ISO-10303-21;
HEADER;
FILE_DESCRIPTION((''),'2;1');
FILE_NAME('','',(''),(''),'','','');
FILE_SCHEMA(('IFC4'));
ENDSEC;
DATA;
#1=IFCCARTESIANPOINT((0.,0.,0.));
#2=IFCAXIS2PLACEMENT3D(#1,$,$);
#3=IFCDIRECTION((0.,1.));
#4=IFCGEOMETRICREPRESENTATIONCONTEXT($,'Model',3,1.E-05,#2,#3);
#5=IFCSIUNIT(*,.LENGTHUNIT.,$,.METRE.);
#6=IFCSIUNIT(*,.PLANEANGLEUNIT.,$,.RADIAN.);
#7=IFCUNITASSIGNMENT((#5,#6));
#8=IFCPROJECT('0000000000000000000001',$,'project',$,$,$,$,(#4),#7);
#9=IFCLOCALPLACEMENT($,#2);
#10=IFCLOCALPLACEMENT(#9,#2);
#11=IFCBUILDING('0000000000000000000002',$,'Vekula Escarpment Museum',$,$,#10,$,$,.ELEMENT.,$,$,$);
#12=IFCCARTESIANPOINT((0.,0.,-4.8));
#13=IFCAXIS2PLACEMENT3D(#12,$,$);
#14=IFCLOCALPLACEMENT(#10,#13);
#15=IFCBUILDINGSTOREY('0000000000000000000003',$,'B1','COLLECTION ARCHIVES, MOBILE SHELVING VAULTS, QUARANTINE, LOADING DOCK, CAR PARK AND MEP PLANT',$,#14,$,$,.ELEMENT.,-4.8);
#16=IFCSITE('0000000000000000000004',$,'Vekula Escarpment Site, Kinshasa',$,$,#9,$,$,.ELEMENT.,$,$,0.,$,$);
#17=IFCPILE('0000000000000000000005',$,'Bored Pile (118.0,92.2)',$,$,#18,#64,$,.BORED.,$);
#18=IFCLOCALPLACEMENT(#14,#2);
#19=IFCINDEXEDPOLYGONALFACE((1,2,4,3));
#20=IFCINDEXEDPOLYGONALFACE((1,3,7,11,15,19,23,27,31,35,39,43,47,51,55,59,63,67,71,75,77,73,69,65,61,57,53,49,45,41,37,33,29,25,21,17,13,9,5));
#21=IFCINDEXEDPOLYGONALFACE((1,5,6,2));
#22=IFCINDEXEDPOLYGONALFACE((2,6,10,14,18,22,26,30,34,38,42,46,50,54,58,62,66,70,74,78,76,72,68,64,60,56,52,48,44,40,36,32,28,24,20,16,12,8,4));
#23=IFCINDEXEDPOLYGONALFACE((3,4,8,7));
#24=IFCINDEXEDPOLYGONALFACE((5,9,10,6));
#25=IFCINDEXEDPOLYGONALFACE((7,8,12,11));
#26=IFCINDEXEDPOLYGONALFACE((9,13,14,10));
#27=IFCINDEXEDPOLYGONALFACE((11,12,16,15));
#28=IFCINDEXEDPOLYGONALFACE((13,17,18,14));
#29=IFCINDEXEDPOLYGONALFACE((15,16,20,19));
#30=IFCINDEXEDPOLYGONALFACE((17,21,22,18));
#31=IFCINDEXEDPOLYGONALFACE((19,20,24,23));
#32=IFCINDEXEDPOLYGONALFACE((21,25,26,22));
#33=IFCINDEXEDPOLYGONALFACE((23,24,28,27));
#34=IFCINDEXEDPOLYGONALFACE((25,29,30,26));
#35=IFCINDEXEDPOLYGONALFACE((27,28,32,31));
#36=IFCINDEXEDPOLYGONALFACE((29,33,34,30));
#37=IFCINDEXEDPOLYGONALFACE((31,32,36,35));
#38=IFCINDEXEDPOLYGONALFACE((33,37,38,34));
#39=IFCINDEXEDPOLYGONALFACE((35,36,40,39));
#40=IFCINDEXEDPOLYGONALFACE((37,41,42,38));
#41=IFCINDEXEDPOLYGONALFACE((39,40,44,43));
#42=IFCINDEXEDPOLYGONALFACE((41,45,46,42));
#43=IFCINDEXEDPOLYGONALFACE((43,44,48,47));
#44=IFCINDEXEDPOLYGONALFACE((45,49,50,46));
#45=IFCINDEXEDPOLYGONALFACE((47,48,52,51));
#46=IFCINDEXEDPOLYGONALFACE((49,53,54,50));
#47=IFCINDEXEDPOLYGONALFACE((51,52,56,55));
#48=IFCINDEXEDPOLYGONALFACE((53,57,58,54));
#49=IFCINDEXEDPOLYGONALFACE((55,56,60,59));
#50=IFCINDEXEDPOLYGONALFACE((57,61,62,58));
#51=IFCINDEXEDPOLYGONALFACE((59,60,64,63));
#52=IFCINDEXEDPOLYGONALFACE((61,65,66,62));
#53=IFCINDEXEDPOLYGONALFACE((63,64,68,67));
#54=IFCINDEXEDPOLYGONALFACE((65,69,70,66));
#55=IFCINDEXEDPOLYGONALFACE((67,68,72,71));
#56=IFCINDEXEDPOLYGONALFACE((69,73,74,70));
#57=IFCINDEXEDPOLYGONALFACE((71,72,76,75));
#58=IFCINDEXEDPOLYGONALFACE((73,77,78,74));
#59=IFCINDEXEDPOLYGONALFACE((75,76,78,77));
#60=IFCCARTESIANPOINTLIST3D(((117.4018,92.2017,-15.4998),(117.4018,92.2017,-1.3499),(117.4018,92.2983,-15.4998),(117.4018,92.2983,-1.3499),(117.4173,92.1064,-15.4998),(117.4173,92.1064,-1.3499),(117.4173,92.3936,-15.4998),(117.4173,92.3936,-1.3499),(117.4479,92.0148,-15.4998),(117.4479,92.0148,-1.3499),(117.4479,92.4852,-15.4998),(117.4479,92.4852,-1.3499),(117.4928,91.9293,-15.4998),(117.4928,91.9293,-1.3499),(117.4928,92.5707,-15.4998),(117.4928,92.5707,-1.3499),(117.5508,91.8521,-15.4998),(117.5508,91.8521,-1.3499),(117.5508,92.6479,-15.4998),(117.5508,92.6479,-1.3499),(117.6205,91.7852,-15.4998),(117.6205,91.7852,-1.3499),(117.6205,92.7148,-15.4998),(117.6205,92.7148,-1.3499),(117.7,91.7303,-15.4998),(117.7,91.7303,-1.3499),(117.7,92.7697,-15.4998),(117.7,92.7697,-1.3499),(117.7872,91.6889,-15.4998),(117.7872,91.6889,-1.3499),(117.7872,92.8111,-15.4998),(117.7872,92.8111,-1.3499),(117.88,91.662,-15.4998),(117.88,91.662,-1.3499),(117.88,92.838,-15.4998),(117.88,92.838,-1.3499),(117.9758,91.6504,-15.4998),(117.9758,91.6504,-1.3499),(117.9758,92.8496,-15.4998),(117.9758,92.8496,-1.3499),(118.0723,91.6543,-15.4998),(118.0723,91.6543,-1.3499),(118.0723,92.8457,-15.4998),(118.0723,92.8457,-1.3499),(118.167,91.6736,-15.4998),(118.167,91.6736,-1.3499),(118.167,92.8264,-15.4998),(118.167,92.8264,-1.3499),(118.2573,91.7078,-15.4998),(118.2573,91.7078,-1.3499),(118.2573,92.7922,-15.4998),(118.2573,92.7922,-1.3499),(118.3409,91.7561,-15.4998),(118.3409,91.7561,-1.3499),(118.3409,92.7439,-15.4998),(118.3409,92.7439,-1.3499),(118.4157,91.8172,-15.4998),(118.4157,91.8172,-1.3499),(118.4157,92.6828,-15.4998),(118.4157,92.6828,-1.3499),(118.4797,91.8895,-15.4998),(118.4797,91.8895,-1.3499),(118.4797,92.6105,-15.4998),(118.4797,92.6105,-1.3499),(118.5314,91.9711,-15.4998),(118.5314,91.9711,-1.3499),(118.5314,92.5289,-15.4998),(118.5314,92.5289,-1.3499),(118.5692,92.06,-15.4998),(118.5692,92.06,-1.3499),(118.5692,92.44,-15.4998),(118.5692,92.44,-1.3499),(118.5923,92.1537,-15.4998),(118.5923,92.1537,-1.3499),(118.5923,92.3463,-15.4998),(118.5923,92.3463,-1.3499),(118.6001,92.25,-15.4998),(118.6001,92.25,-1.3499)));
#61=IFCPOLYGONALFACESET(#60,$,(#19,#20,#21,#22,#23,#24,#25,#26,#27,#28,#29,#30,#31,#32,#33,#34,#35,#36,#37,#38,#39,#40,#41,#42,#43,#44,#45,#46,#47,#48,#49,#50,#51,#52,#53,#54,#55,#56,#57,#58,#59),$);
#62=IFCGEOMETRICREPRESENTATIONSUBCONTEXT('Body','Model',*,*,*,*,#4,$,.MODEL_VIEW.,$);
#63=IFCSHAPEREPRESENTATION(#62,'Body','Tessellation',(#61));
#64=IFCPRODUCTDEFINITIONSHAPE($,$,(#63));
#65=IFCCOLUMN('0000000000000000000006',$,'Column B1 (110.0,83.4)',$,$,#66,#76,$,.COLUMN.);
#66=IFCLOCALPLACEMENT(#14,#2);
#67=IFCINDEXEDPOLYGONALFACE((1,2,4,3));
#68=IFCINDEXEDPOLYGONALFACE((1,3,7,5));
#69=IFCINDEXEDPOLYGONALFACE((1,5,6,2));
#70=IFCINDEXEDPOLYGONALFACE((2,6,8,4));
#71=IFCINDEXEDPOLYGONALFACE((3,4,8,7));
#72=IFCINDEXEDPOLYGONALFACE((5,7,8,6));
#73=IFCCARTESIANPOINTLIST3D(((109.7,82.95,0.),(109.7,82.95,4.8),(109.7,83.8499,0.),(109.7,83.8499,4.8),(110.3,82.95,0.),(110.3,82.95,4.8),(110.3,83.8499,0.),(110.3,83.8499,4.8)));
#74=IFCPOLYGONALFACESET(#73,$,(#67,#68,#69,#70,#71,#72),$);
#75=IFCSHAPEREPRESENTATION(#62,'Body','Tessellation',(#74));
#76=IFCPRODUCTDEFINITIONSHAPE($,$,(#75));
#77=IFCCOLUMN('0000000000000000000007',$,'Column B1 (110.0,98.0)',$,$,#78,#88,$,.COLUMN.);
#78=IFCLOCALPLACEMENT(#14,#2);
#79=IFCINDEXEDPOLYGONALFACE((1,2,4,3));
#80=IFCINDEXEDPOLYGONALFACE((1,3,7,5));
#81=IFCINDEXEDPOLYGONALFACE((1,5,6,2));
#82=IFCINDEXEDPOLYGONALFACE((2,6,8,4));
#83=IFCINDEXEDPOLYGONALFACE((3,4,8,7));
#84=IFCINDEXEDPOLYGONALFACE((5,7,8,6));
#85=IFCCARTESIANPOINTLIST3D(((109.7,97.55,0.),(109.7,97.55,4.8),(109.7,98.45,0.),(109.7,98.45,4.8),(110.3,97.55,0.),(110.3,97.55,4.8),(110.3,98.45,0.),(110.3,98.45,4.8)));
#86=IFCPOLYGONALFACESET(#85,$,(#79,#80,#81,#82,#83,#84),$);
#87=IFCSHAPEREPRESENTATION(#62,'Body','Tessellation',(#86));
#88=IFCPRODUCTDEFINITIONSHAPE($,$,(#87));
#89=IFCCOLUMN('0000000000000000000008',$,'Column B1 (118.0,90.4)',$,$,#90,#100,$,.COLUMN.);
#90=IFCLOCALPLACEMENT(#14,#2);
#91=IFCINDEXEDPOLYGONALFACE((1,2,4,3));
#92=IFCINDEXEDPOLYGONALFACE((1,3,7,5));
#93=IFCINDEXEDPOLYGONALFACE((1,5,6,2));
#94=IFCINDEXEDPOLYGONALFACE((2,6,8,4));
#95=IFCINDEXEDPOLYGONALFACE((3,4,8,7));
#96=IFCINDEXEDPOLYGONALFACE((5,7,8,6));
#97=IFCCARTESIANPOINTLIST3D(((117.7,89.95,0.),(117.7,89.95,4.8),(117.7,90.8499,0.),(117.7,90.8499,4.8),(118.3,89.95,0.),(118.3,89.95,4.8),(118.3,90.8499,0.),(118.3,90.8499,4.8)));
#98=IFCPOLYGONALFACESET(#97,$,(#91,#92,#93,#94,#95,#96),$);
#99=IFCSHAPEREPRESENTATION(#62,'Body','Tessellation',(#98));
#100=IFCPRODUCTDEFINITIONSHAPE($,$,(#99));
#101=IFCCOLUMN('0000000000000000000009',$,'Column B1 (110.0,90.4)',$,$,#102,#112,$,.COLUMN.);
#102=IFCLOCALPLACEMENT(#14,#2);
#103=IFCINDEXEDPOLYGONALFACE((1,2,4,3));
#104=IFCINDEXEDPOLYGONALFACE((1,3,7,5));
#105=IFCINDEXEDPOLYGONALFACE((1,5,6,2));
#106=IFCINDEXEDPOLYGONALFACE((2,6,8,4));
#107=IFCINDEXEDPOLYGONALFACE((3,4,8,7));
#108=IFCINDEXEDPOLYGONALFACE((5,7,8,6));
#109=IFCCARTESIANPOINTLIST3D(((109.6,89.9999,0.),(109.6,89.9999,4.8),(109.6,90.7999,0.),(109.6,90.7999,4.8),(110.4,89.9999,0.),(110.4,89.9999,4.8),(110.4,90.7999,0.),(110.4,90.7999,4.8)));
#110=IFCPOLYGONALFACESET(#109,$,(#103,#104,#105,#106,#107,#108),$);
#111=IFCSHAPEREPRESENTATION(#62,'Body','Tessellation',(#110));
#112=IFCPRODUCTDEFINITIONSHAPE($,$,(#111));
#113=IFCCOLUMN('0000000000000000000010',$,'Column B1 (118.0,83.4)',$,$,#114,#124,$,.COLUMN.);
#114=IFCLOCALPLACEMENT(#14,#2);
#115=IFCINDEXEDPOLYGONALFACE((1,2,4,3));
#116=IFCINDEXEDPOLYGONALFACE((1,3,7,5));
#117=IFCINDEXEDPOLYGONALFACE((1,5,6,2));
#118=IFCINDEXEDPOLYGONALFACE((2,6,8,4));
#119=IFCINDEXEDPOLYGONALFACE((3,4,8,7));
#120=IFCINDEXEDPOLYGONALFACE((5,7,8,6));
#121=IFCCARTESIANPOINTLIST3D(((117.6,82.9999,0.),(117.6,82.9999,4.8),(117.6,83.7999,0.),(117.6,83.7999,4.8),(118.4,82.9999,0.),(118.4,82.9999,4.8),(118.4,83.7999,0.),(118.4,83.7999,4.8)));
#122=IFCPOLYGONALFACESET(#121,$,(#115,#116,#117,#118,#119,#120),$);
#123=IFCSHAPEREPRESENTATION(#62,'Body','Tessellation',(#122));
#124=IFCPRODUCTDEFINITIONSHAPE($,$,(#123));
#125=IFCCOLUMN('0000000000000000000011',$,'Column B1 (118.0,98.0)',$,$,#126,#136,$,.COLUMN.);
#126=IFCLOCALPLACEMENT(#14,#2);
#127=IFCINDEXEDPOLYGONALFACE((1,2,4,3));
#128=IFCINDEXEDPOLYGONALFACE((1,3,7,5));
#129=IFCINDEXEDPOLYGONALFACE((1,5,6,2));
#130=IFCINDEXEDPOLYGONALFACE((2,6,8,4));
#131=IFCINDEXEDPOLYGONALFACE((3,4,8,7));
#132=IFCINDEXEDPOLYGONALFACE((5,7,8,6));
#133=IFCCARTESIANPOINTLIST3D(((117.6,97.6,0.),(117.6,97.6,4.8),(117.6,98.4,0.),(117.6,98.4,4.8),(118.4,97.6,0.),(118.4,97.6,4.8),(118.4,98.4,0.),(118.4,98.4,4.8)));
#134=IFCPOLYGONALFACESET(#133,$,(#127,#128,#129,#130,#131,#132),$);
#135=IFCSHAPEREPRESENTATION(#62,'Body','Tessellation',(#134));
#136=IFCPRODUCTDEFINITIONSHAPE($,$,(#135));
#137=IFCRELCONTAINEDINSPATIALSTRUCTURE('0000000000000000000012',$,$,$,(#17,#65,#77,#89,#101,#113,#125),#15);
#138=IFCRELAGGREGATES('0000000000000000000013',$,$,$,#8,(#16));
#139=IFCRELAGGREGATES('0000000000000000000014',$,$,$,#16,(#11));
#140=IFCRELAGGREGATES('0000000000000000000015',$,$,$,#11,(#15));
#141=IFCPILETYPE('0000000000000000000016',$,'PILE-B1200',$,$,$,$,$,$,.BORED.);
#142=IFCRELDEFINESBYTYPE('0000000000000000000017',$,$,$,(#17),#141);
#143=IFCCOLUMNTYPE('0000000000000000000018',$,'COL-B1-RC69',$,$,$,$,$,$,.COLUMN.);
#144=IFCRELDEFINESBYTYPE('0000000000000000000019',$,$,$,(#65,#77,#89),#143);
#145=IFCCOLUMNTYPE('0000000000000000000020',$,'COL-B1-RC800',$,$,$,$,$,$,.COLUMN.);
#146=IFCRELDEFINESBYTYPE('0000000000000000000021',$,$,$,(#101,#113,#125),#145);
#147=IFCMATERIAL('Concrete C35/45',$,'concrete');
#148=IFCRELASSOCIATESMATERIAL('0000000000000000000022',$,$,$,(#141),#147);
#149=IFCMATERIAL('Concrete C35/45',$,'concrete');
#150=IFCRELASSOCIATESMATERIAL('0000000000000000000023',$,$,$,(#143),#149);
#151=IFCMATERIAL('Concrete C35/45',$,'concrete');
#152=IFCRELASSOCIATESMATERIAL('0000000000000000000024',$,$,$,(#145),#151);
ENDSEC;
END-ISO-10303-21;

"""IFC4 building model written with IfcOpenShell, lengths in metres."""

from ifc_helpers import new_model, si_unit, direction, frame, origin, origin_2d, place, context, subcontext, project, spatial, rectangle, circle, extrude, material, material_profile, profile_set, type_object, element, save


model = new_model("IFC4")

# Units and contexts
model_context = context("Model", 3, precision=1e-05, world=origin(), true_north=direction((0.0, 1.0)))
body_context = subcontext(model_context, "Body", "Model", "MODEL_VIEW")
ifc_project = project(units=[si_unit("LENGTHUNIT", "METRE"), si_unit("PLANEANGLEUNIT", "RADIAN")], contexts=[model_context])

# Site, building, storey
site_placement = place(None, origin())
site = spatial("IfcSite", under=ifc_project, at=site_placement, Name="Vekula Escarpment Site, Kinshasa", CompositionType="ELEMENT", RefElevation=0.0)
building_placement = place(site_placement, origin())
building = spatial("IfcBuilding", under=site, at=building_placement, Name="Vekula Escarpment Museum", CompositionType="ELEMENT")
storey_placement = place(building_placement, frame((0.0, 0.0, -4.8)))
storey = spatial("IfcBuildingStorey", under=building, at=storey_placement, Name="B1", Description="COLLECTION ARCHIVES, MOBILE SHELVING VAULTS, QUARANTINE, LOADING DOCK, CAR PARK AND MEP PLANT", CompositionType="ELEMENT", Elevation=-4.8)

# Pile
ifc_material_1 = material(Name="Concrete C35/45", Category="concrete")
ifc_material_profile_1 = material_profile(ifc_material_1, circle(Radius=0.6001, at=origin_2d()), Name="BORED PILE 1200")
ifc_profile_set_1 = profile_set([ifc_material_profile_1], Name="Concrete C35/45")
pile_type = type_object("IfcPileType", Name="PILE-B1200", PredefinedType="BORED", material=ifc_profile_set_1)
for number, where, z_axis, x_axis, name in (
    (1, (118.0, 92.25, -1.3499), (0.0, 0.0, -1.0), (1.0, 0.0, 0.0), "Bored Pile (118.0,92.2)"),
):
    element("IfcPile", number, at=place(storey_placement, frame(where, z_axis=z_axis, x_axis=x_axis)), inside=storey, type_object=pile_type, Name=name, PredefinedType="BORED", context=body_context, shape_type="SweptSolid", body=[
        extrude(circle(Radius=0.6001, at=origin_2d()), origin(), (0.0, 0.0, 1.0), 14.1499),
    ])

# Columns
ifc_material_2 = material(Name="Concrete C35/45", Category="concrete")
ifc_material_profile_2 = material_profile(ifc_material_2, rectangle(XDim=0.6001, YDim=0.8999, at=origin_2d()), Name="RC 600x900")
ifc_profile_set_2 = profile_set([ifc_material_profile_2], Name="Concrete C35/45")
column_type_1 = type_object("IfcColumnType", Name="COL-B1-RC69", PredefinedType="COLUMN", material=ifc_profile_set_2)
for number, where, z_axis, x_axis, name in (
    (2, (110.0, 83.3999, 0.0), (0.0, 0.0, 1.0), (1.0, 0.0, 0.0), "Column B1 (110.0,83.4)"),
    (3, (110.0, 98.0, 0.0), (0.0, 0.0, 1.0), (1.0, 0.0, 0.0), "Column B1 (110.0,98.0)"),
    (4, (118.0, 90.3999, 0.0), (0.0, 0.0, 1.0), (1.0, 0.0, 0.0), "Column B1 (118.0,90.4)"),
):
    element("IfcColumn", number, at=place(storey_placement, frame(where, z_axis=z_axis, x_axis=x_axis)), inside=storey, type_object=column_type_1, Name=name, PredefinedType="COLUMN", context=body_context, shape_type="SweptSolid", body=[
        extrude(rectangle(XDim=0.6001, YDim=0.8999, at=origin_2d()), origin(), (0.0, 0.0, 1.0), 4.8),
    ])
ifc_material_3 = material(Name="Concrete C35/45", Category="concrete")
ifc_material_profile_3 = material_profile(ifc_material_3, rectangle(XDim=0.8, YDim=0.8, at=origin_2d()), Name="RC 800x800")
ifc_profile_set_3 = profile_set([ifc_material_profile_3], Name="Concrete C35/45")
column_type_2 = type_object("IfcColumnType", Name="COL-B1-RC800", PredefinedType="COLUMN", material=ifc_profile_set_3)
for number, where, z_axis, x_axis, name in (
    (5, (110.0, 90.3999, 0.0), (0.0, 0.0, 1.0), (1.0, 0.0, 0.0), "Column B1 (110.0,90.4)"),
    (6, (118.0, 83.3999, 0.0), (0.0, 0.0, 1.0), (1.0, 0.0, 0.0), "Column B1 (118.0,83.4)"),
    (7, (118.0, 98.0, 0.0), (0.0, 0.0, 1.0), (1.0, 0.0, 0.0), "Column B1 (118.0,98.0)"),
):
    element("IfcColumn", number, at=place(storey_placement, frame(where, z_axis=z_axis, x_axis=x_axis)), inside=storey, type_object=column_type_2, Name=name, PredefinedType="COLUMN", context=body_context, shape_type="SweptSolid", body=[
        extrude(rectangle(XDim=0.8, YDim=0.8, at=origin_2d()), origin(), (0.0, 0.0, 1.0), 4.8),
    ])

save(model, "model.ifc")
